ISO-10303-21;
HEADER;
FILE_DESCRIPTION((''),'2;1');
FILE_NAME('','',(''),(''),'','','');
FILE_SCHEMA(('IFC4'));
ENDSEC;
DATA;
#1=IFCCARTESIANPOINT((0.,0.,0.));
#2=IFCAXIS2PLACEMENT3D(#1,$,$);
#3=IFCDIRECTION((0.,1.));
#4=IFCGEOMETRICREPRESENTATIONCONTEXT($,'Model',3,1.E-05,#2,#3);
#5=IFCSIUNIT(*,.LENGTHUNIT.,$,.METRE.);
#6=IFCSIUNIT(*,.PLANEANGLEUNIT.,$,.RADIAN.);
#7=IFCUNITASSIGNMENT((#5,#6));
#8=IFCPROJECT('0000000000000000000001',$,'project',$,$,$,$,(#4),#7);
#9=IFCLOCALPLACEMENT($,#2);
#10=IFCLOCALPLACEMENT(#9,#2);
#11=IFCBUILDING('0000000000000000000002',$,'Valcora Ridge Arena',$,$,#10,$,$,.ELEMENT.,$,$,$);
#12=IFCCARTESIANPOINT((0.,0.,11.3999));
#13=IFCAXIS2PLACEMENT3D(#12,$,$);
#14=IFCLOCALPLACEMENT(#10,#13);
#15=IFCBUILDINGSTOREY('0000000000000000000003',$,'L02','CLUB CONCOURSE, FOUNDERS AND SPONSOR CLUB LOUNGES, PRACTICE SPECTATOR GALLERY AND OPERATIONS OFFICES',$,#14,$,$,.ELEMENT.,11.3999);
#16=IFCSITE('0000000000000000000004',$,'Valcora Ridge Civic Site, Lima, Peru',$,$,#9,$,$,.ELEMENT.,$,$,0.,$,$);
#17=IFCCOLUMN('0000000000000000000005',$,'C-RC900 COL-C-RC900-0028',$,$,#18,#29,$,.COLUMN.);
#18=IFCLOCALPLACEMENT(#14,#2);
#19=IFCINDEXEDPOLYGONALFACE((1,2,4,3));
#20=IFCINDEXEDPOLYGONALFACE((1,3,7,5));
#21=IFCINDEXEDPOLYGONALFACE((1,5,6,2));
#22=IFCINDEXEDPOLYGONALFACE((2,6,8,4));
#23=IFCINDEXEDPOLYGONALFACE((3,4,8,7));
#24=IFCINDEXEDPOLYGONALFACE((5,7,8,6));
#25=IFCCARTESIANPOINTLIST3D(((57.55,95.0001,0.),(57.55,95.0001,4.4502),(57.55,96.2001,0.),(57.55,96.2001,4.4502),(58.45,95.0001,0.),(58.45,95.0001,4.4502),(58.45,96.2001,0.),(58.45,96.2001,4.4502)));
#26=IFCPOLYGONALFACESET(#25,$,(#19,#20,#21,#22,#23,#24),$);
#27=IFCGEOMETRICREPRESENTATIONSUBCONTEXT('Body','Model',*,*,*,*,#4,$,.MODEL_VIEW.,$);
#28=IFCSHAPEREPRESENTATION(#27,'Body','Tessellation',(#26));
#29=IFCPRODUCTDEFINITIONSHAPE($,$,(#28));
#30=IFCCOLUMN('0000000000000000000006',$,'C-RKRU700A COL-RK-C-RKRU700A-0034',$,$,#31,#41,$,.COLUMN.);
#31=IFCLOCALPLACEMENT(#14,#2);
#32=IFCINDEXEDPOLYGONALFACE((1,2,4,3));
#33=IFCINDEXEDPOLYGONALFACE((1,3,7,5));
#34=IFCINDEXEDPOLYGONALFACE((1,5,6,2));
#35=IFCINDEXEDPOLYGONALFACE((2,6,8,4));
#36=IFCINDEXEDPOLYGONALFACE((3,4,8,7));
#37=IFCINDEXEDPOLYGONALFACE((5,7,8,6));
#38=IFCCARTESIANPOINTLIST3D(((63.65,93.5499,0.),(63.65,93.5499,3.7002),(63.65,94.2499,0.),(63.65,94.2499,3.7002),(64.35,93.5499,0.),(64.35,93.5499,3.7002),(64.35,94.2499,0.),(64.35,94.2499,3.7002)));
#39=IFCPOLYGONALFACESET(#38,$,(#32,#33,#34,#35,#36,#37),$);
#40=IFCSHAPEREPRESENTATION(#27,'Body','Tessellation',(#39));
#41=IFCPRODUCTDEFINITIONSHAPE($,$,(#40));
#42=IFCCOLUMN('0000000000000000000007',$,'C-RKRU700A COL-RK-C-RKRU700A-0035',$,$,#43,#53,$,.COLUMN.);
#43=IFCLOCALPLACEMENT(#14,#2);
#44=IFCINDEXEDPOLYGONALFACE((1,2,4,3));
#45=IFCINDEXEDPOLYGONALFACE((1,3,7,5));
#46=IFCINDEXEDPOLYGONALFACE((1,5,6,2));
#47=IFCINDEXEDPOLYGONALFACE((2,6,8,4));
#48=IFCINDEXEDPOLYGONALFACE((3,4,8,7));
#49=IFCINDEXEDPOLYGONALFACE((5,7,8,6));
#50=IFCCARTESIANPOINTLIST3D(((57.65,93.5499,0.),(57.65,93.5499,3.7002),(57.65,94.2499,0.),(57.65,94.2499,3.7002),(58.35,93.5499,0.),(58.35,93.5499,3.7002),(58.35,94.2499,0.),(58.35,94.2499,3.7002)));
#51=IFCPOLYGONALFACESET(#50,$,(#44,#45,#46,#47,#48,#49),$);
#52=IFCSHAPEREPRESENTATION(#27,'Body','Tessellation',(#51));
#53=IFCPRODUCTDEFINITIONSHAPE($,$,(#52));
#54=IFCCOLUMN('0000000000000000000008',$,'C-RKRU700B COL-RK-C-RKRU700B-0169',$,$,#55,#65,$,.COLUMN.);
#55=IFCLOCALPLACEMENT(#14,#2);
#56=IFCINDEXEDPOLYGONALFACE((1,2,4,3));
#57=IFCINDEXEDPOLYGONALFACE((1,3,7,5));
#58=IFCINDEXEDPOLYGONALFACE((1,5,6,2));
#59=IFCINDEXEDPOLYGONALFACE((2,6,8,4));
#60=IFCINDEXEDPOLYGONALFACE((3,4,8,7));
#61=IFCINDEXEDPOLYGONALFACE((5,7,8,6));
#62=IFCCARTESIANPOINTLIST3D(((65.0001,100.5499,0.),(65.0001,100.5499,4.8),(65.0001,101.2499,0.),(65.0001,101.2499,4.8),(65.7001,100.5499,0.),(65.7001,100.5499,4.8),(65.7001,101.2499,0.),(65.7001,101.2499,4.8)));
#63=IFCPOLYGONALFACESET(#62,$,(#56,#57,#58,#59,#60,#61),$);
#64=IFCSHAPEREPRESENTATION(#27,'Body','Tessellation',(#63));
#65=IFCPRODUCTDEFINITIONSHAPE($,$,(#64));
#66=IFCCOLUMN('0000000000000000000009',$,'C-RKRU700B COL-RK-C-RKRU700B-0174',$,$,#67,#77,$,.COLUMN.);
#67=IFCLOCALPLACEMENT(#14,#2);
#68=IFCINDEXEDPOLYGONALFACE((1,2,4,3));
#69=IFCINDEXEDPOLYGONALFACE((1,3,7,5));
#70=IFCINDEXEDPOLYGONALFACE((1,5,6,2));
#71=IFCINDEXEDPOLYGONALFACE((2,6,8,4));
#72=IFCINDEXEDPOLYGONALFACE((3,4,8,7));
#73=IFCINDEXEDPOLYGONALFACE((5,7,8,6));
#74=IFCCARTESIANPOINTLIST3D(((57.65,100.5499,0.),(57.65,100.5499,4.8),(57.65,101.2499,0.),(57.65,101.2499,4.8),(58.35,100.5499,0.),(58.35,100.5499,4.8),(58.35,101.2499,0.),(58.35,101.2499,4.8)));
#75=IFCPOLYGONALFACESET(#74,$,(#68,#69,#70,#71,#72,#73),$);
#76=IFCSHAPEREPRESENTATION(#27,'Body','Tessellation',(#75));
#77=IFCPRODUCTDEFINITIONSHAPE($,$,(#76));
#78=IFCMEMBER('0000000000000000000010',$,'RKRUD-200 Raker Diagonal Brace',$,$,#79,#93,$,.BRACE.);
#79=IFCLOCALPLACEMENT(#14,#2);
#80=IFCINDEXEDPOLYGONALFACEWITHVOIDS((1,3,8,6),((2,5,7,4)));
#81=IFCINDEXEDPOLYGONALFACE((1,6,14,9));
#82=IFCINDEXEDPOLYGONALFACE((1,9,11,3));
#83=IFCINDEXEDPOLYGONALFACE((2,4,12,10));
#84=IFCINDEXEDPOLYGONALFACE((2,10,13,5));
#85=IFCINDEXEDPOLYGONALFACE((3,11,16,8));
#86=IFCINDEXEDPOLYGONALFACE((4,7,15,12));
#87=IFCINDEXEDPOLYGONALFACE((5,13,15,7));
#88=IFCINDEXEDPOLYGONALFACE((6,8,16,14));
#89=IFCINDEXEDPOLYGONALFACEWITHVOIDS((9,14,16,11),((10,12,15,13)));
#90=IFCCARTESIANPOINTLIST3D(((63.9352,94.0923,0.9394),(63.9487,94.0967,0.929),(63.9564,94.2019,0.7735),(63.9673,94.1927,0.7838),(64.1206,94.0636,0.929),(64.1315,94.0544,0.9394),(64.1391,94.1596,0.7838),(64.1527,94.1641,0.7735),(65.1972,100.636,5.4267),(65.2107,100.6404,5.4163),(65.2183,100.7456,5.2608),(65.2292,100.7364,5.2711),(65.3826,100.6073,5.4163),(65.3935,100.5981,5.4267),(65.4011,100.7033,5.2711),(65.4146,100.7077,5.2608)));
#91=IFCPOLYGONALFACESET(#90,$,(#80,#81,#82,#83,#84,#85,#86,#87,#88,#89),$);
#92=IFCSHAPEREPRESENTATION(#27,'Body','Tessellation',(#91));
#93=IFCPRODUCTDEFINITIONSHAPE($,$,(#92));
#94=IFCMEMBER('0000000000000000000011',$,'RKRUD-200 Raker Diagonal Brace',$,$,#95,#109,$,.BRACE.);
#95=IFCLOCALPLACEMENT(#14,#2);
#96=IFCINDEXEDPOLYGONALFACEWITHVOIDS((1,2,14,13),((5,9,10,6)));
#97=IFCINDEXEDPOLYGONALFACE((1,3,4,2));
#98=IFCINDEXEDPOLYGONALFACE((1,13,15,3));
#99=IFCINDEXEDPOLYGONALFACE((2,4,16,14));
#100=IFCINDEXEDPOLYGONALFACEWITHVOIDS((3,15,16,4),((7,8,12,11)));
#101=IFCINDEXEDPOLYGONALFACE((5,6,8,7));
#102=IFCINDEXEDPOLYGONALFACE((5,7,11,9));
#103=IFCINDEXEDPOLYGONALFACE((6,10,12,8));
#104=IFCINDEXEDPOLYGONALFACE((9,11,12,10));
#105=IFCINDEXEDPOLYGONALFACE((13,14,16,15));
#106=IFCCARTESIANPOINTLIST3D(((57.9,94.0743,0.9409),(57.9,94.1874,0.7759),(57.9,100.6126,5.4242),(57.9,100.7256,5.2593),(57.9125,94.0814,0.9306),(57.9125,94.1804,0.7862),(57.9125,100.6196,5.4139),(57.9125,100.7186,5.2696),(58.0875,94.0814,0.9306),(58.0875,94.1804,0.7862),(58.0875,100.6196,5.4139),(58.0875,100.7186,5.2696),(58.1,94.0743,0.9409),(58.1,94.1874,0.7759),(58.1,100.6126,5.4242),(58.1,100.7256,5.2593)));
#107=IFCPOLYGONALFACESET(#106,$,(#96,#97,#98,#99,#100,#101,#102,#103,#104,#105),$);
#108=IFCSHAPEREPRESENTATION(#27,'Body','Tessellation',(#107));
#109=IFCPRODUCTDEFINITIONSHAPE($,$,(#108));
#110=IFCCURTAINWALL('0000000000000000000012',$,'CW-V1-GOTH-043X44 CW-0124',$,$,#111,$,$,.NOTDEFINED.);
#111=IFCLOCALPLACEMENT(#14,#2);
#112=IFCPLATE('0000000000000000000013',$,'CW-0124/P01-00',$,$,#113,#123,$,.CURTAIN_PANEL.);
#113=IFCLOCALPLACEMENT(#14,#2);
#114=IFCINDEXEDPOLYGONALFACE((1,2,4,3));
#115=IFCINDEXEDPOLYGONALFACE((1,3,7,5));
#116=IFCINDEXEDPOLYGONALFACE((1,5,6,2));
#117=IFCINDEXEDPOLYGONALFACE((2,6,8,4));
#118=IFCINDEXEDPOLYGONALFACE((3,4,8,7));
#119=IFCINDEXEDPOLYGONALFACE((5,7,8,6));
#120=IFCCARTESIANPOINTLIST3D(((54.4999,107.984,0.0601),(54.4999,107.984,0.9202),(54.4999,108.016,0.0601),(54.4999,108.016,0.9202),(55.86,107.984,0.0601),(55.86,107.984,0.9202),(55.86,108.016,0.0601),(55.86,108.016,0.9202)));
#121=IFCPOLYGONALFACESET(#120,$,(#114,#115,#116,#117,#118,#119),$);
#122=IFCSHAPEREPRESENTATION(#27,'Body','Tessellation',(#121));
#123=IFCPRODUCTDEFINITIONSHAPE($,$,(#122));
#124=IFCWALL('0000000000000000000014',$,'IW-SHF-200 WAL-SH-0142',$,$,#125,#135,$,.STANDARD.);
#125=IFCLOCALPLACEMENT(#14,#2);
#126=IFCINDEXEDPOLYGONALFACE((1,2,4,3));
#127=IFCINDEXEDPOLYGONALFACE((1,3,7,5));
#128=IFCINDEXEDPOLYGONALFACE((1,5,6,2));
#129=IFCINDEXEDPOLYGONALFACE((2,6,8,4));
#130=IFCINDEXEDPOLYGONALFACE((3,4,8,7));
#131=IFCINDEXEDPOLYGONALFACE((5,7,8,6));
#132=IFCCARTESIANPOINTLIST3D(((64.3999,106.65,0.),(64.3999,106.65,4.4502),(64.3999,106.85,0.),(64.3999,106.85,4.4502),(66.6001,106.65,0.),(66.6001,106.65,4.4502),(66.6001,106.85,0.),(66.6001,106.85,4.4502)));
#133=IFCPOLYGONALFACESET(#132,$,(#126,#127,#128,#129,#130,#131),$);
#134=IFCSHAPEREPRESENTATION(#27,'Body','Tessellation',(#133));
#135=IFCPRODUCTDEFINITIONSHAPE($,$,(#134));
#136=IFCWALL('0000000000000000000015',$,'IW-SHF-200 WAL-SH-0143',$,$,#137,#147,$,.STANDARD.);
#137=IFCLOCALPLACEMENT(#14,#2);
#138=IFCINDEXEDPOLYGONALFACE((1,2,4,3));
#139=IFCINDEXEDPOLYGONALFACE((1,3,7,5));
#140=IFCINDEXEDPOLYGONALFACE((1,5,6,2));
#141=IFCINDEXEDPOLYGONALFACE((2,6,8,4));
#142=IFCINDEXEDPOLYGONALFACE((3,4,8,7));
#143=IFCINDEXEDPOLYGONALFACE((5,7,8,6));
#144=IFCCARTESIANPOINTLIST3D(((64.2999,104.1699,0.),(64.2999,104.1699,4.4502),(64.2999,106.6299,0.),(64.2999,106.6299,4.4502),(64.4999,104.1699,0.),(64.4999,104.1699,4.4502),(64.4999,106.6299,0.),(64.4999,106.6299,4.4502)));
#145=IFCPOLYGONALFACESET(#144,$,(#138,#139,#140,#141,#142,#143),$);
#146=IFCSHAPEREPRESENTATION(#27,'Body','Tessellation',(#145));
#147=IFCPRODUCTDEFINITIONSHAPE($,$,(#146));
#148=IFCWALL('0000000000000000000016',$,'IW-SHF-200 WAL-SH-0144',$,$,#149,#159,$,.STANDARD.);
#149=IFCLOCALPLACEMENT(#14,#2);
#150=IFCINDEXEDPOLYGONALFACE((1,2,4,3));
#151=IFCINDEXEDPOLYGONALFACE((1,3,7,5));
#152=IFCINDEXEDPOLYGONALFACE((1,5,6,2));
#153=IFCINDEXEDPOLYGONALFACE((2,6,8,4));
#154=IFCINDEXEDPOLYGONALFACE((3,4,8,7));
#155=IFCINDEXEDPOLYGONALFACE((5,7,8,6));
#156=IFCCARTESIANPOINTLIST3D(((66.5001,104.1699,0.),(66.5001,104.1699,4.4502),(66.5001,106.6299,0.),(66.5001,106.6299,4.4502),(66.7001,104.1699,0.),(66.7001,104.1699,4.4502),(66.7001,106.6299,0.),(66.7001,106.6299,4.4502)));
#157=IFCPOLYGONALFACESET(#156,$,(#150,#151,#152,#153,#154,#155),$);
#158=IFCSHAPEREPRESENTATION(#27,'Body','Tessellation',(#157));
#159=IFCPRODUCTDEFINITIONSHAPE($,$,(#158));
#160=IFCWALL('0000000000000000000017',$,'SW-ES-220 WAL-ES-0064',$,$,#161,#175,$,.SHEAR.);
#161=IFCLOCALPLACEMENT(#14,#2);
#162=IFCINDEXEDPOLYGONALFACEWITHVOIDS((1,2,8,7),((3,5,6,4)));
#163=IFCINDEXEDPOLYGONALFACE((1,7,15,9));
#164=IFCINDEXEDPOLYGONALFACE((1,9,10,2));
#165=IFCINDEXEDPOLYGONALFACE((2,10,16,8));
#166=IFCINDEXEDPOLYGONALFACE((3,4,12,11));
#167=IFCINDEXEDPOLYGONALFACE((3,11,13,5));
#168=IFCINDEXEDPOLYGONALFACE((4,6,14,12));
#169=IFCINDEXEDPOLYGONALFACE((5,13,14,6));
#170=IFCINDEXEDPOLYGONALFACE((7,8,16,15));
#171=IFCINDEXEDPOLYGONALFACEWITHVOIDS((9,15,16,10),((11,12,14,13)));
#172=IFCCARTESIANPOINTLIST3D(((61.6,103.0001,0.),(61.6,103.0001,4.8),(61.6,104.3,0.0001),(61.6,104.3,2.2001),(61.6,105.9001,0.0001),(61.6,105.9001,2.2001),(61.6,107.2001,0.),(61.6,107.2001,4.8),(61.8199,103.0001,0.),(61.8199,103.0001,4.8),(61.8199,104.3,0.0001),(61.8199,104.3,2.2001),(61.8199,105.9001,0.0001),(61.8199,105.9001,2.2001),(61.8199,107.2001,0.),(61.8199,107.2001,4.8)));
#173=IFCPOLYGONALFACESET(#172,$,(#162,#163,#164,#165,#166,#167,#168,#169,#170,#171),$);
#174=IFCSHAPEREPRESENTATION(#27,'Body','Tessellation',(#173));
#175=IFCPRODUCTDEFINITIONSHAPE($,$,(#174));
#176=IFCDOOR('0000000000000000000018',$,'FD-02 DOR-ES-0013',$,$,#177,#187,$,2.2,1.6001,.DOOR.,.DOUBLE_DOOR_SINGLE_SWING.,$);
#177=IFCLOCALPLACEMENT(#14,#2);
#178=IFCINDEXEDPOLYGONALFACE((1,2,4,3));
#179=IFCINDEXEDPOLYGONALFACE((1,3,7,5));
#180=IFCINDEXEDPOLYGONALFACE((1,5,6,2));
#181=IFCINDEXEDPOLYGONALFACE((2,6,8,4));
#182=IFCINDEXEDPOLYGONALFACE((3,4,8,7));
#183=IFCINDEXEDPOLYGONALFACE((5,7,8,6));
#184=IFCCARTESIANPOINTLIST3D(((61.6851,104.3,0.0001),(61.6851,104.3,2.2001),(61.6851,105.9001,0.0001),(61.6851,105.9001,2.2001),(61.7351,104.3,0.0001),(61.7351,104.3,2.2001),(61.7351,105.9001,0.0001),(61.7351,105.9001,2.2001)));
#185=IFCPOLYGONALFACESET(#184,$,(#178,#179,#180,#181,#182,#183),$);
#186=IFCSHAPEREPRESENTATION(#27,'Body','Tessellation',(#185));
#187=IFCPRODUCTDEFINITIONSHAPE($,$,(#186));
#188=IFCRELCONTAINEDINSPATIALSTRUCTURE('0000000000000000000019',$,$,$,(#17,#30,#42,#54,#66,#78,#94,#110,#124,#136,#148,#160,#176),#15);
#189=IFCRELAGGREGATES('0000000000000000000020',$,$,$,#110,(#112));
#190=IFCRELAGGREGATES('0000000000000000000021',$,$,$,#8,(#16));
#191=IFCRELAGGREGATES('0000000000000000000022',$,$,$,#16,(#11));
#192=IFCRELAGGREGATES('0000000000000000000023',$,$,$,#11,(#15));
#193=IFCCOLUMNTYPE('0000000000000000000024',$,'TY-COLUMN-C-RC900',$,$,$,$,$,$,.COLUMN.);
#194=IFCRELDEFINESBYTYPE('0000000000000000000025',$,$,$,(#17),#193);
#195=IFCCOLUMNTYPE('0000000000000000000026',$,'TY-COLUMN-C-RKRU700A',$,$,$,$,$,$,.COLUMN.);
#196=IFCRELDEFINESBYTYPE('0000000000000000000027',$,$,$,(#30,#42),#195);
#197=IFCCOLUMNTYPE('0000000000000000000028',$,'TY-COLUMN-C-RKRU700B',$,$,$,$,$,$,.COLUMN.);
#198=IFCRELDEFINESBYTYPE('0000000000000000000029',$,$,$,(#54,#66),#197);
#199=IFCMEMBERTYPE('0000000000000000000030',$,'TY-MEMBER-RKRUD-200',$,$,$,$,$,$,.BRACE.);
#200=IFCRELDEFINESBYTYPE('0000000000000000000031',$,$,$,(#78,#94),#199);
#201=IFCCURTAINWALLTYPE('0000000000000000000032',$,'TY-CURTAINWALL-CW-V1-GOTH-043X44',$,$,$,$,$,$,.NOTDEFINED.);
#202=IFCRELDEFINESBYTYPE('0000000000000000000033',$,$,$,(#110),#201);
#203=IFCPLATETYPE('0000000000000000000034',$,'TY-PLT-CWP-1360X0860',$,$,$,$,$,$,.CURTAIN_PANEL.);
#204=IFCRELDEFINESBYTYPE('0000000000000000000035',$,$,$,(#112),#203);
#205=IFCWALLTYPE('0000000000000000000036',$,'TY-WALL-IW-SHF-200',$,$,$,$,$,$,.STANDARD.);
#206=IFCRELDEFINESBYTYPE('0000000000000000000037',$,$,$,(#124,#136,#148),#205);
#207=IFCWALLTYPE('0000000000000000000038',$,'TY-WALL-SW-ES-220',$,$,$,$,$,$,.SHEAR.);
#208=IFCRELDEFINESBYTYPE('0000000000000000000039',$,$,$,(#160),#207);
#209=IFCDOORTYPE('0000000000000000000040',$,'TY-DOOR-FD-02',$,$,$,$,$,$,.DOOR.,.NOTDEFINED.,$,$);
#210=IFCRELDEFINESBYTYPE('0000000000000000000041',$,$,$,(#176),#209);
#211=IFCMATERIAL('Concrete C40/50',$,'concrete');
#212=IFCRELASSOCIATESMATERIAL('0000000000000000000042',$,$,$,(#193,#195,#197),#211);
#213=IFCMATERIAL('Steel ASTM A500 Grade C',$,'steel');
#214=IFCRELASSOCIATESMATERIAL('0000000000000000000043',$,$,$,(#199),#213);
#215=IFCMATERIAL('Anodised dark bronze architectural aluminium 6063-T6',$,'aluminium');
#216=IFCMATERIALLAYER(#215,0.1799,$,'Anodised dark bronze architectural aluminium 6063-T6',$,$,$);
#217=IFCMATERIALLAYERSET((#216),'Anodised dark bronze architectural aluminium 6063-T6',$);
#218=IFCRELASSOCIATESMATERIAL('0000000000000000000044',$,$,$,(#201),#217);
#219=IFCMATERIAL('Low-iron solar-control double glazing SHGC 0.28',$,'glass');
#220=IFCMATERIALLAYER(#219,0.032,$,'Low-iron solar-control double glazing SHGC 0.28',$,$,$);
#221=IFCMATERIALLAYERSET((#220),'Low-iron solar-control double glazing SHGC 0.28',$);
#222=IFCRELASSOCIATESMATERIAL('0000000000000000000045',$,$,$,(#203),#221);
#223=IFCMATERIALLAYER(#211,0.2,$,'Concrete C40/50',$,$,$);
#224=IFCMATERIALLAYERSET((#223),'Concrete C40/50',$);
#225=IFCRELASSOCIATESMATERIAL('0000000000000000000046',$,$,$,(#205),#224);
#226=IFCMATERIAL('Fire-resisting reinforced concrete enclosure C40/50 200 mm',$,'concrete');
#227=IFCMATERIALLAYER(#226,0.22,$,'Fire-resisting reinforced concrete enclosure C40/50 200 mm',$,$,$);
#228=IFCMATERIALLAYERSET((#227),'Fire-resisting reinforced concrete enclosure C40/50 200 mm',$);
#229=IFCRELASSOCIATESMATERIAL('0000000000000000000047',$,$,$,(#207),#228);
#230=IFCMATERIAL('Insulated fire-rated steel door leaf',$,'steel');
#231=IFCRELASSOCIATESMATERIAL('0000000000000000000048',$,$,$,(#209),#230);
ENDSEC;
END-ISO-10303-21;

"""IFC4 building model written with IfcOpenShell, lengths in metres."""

from ifc_helpers import new_model, si_unit, direction, frame, frame_2d, origin, origin_2d, place, context, subcontext, project, spatial, rectangle, hollow_rectangle, extrude, material, layer, layer_set, material_profile, profile_set, type_object, element, fill, aggregate, save


model = new_model("IFC4")

# Units and contexts
model_context = context("Model", 3, precision=1e-05, world=origin(), true_north=direction((0.0, 1.0)))
body_context = subcontext(model_context, "Body", "Model", "MODEL_VIEW")
ifc_project = project(units=[si_unit("LENGTHUNIT", "METRE"), si_unit("PLANEANGLEUNIT", "RADIAN")], contexts=[model_context])

# Site, building, storey
site_placement = place(None, origin())
site = spatial("IfcSite", under=ifc_project, at=site_placement, Name="Valcora Ridge Civic Site, Lima, Peru", CompositionType="ELEMENT", RefElevation=0.0)
building_placement = place(site_placement, origin())
building = spatial("IfcBuilding", under=site, at=building_placement, Name="Valcora Ridge Arena", CompositionType="ELEMENT")
storey_placement = place(building_placement, frame((0.0, 0.0, 11.3999)))
storey = spatial("IfcBuildingStorey", under=building, at=storey_placement, Name="L02", Description="CLUB CONCOURSE, FOUNDERS AND SPONSOR CLUB LOUNGES, PRACTICE SPECTATOR GALLERY AND OPERATIONS OFFICES", CompositionType="ELEMENT", Elevation=11.3999)

# Columns
ifc_material_1 = material(Name="Concrete C40/50", Category="concrete")
ifc_material_profile_1 = material_profile(ifc_material_1, rectangle(XDim=0.8999, YDim=1.2, at=origin_2d()), Name="RC 900x1200")
ifc_profile_set_1 = profile_set([ifc_material_profile_1], Name="Concrete C40/50")
column_type_1 = type_object("IfcColumnType", Name="TY-COLUMN-C-RC900", PredefinedType="COLUMN", material=ifc_profile_set_1)
column_placement = place(storey_placement, frame((58.0, 95.6001, 0.0), z_axis=(0.0, 0.0, 1.0), x_axis=(1.0, 0.0, 0.0)))
element("IfcColumn", 1, at=column_placement, inside=storey, type_object=column_type_1, Name="C-RC900 COL-C-RC900-0028", PredefinedType="COLUMN", context=body_context, shape_type="SweptSolid", body=[
    extrude(rectangle(XDim=0.8999, YDim=1.2, at=origin_2d()), origin(), (0.0, 0.0, 1.0), 4.4502),
])
ifc_material_profile_2 = material_profile(ifc_material_1, rectangle(XDim=0.7, YDim=0.7, at=origin_2d()), Name="RC 700x700")
ifc_profile_set_2 = profile_set([ifc_material_profile_2], Name="Concrete C40/50")
column_type_2 = type_object("IfcColumnType", Name="TY-COLUMN-C-RKRU700A", PredefinedType="COLUMN", material=ifc_profile_set_2)
for number, where, z_axis, x_axis, name in (
    (2, (64.0, 93.8999, 0.0), (0.0, 0.0, 1.0), (1.0, 0.0, 0.0), "C-RKRU700A COL-RK-C-RKRU700A-0034"),
    (3, (58.0, 93.8999, 0.0), (0.0, 0.0, 1.0), (1.0, 0.0, 0.0), "C-RKRU700A COL-RK-C-RKRU700A-0035"),
):
    element("IfcColumn", number, at=place(storey_placement, frame(where, z_axis=z_axis, x_axis=x_axis)), inside=storey, type_object=column_type_2, Name=name, PredefinedType="COLUMN", context=body_context, shape_type="SweptSolid", body=[
        extrude(rectangle(XDim=0.7, YDim=0.7, at=origin_2d()), origin(), (0.0, 0.0, 1.0), 3.7002),
    ])
ifc_material_profile_3 = material_profile(ifc_material_1, rectangle(XDim=0.7, YDim=0.7, at=origin_2d()), Name="RC 700x700")
ifc_profile_set_3 = profile_set([ifc_material_profile_3], Name="Concrete C40/50")
column_type_3 = type_object("IfcColumnType", Name="TY-COLUMN-C-RKRU700B", PredefinedType="COLUMN", material=ifc_profile_set_3)
for number, where, z_axis, x_axis, name in (
    (4, (65.3501, 100.8999, 0.0), (0.0, 0.0, 1.0), (1.0, 0.0, 0.0), "C-RKRU700B COL-RK-C-RKRU700B-0169"),
    (5, (58.0, 100.8999, 0.0), (0.0, 0.0, 1.0), (1.0, 0.0, 0.0), "C-RKRU700B COL-RK-C-RKRU700B-0174"),
):
    element("IfcColumn", number, at=place(storey_placement, frame(where, z_axis=z_axis, x_axis=x_axis)), inside=storey, type_object=column_type_3, Name=name, PredefinedType="COLUMN", context=body_context, shape_type="SweptSolid", body=[
        extrude(rectangle(XDim=0.7, YDim=0.7, at=origin_2d()), origin(), (0.0, 0.0, 1.0), 4.8),
    ])

# Members
ifc_material_2 = material(Name="Steel ASTM A500 Grade C", Category="steel")
ifc_material_profile_4 = material_profile(ifc_material_2, hollow_rectangle(XDim=0.2, YDim=0.2, WallThickness=0.0125, at=origin_2d()), Name="HSS200X200X12")
ifc_profile_set_4 = profile_set([ifc_material_profile_4], Name="Steel ASTM A500 Grade C")
member_type = type_object("IfcMemberType", Name="TY-MEMBER-RKRUD-200", PredefinedType="BRACE", material=ifc_profile_set_4)
member_1_placement = place(storey_placement, frame((64.0439, 94.1282, 0.8564), z_axis=(0.157074, 0.81448, 0.558525), x_axis=(-0.981907, 0.189362, 0.0)))
element("IfcMember", 6, at=member_1_placement, inside=storey, type_object=member_type, Name="RKRUD-200 Raker Diagonal Brace", PredefinedType="BRACE", context=body_context, shape_type="SweptSolid", body=[
    extrude(hollow_rectangle(XDim=0.2, YDim=0.2, WallThickness=0.0125, at=origin_2d()), origin(), (0.0, 0.0, 1.0), 8.0342),
])
member_2_placement = place(storey_placement, frame((58.0, 94.1309, 0.8584), z_axis=(0.0, 0.82473, 0.565526), x_axis=(-1.0, 0.0, 0.0)))
element("IfcMember", 7, at=member_2_placement, inside=storey, type_object=member_type, Name="RKRUD-200 Raker Diagonal Brace", PredefinedType="BRACE", context=body_context, shape_type="SweptSolid", body=[
    extrude(hollow_rectangle(XDim=0.2, YDim=0.2, WallThickness=0.0125, at=origin_2d()), origin(), (0.0, 0.0, 1.0), 7.9277),
])

# Curtain wall, plate
ifc_material_3 = material(Name="Anodised dark bronze architectural aluminium 6063-T6", Category="aluminium")
ifc_layer_1 = layer(ifc_material_3, 0.1799, Name="Anodised dark bronze architectural aluminium 6063-T6")
ifc_layer_set_1 = layer_set([ifc_layer_1], Name="Anodised dark bronze architectural aluminium 6063-T6")
curtain_wall_type = type_object("IfcCurtainWallType", Name="TY-CURTAINWALL-CW-V1-GOTH-043X44", PredefinedType="NOTDEFINED", material=ifc_layer_set_1)
curtain_wall_placement = place(storey_placement, origin())
curtain_wall = element("IfcCurtainWall", 8, at=curtain_wall_placement, inside=storey, type_object=curtain_wall_type, Name="CW-V1-GOTH-043X44 CW-0124", PredefinedType="NOTDEFINED")
ifc_material_4 = material(Name="Low-iron solar-control double glazing SHGC 0.28", Category="glass")
ifc_layer_2 = layer(ifc_material_4, 0.032, Name="Low-iron solar-control double glazing SHGC 0.28")
ifc_layer_set_2 = layer_set([ifc_layer_2], Name="Low-iron solar-control double glazing SHGC 0.28")
plate_type = type_object("IfcPlateType", Name="TY-PLT-CWP-1360X0860", PredefinedType="CURTAIN_PANEL", material=ifc_layer_set_2)
plate_placement = place(storey_placement, frame((55.1799, 108.0, 0.0601), z_axis=(0.0, 0.0, 1.0), x_axis=(1.0, 0.0, 0.0)))
plate = element("IfcPlate", 9, at=plate_placement, type_object=plate_type, Name="CW-0124/P01-00", PredefinedType="CURTAIN_PANEL", context=body_context, shape_type="SweptSolid", body=[
    extrude(rectangle(XDim=1.3601, YDim=0.032, at=origin_2d()), origin(), (0.0, 0.0, 1.0), 0.8601),
])
aggregate(curtain_wall, [plate])

# Shared definitions
ifc_layer_3 = layer(ifc_material_1, 0.2, Name="Concrete C40/50")
ifc_layer_set_3 = layer_set([ifc_layer_3], Name="Concrete C40/50")
wall_type_1 = type_object("IfcWallType", Name="TY-WALL-IW-SHF-200", PredefinedType="STANDARD", material=ifc_layer_set_3)

# Walls
wall_1_placement = place(storey_placement, frame((64.3999, 106.75, 0.0), z_axis=(0.0, 0.0, 1.0), x_axis=(1.0, 0.0, 0.0)))
element("IfcWall", 10, at=wall_1_placement, inside=storey, type_object=wall_type_1, Name="IW-SHF-200 WAL-SH-0142", PredefinedType="STANDARD", context=body_context, shape_type="SweptSolid", body=[
    extrude(rectangle(XDim=2.2002, YDim=0.2, at=frame_2d((1.1001, 0.0))), origin(), (0.0, 0.0, 1.0), 4.4502),
])
for number, where, z_axis, x_axis, name in (
    (11, (64.3999, 104.1699, 0.0), (0.0, 0.0, 1.0), (0.0, 1.0, 0.0), "IW-SHF-200 WAL-SH-0143"),
    (12, (66.6001, 104.1699, 0.0), (0.0, 0.0, 1.0), (0.0, 1.0, 0.0), "IW-SHF-200 WAL-SH-0144"),
):
    element("IfcWall", number, at=place(storey_placement, frame(where, z_axis=z_axis, x_axis=x_axis)), inside=storey, type_object=wall_type_1, Name=name, PredefinedType="STANDARD", context=body_context, shape_type="SweptSolid", body=[
        extrude(rectangle(XDim=2.46, YDim=0.2, at=frame_2d((1.23, 0.0))), origin(), (0.0, 0.0, 1.0), 4.4502),
    ])

# Wall, opening, door
ifc_material_5 = material(Name="Fire-resisting reinforced concrete enclosure C40/50 200 mm", Category="concrete")
ifc_layer_4 = layer(ifc_material_5, 0.22, Name="Fire-resisting reinforced concrete enclosure C40/50 200 mm")
ifc_layer_set_4 = layer_set([ifc_layer_4], Name="Fire-resisting reinforced concrete enclosure C40/50 200 mm")
wall_type_2 = type_object("IfcWallType", Name="TY-WALL-SW-ES-220", PredefinedType="SHEAR", material=ifc_layer_set_4)
wall_2_placement = place(storey_placement, frame((61.71, 103.0, 0.0), z_axis=(0.0, 0.0, 1.0), x_axis=(0.0, 1.0, 0.0)))
wall_2 = element("IfcWall", 13, at=wall_2_placement, inside=storey, type_object=wall_type_2, Name="SW-ES-220 WAL-ES-0064", PredefinedType="SHEAR", context=body_context, shape_type="SweptSolid", body=[
    extrude(rectangle(XDim=4.2, YDim=0.22, at=frame_2d((2.1001, 0.0))), origin(), (0.0, 0.0, 1.0), 4.8),
])
opening_1_placement = place(wall_2_placement, frame((1.3, 0.0, 0.0)))
opening_1 = element("IfcOpeningElement", 14, at=opening_1_placement, cuts=wall_2, PredefinedType="OPENING", context=body_context, shape_type="SweptSolid", body=[
    extrude(rectangle(XDim=1.6001, YDim=2.2, at=frame_2d((0.8, 1.1001))), frame((0.0, 0.1199, 0.0), z_axis=(0.0, -1.0, 0.0), x_axis=(1.0, 0.0, 0.0)), (0.0, 0.0, 1.0), 0.24),
])
ifc_material_6 = material(Name="Insulated fire-rated steel door leaf", Category="steel")
door_type_1 = type_object("IfcDoorType", Name="TY-DOOR-FD-02", OperationType="NOTDEFINED", PredefinedType="DOOR", material=ifc_material_6)
door_1_placement = place(opening_1_placement, origin())
door_1 = element("IfcDoor", 15, at=door_1_placement, inside=storey, type_object=door_type_1, Name="FD-02 DOR-ES-0013", OperationType="DOUBLE_DOOR_SINGLE_SWING", OverallHeight=2.2, OverallWidth=1.6001, PredefinedType="DOOR", context=body_context, shape_type="SweptSolid", body=[
    extrude(rectangle(XDim=1.6001, YDim=2.2, at=frame_2d((0.8, 1.1001))), frame((0.0, 0.0249, 0.0), z_axis=(0.0, -1.0, 0.0), x_axis=(1.0, 0.0, 0.0)), (0.0, 0.0, 1.0), 0.05),
])
fill(opening_1, door_1)

save(model, "model.ifc")
